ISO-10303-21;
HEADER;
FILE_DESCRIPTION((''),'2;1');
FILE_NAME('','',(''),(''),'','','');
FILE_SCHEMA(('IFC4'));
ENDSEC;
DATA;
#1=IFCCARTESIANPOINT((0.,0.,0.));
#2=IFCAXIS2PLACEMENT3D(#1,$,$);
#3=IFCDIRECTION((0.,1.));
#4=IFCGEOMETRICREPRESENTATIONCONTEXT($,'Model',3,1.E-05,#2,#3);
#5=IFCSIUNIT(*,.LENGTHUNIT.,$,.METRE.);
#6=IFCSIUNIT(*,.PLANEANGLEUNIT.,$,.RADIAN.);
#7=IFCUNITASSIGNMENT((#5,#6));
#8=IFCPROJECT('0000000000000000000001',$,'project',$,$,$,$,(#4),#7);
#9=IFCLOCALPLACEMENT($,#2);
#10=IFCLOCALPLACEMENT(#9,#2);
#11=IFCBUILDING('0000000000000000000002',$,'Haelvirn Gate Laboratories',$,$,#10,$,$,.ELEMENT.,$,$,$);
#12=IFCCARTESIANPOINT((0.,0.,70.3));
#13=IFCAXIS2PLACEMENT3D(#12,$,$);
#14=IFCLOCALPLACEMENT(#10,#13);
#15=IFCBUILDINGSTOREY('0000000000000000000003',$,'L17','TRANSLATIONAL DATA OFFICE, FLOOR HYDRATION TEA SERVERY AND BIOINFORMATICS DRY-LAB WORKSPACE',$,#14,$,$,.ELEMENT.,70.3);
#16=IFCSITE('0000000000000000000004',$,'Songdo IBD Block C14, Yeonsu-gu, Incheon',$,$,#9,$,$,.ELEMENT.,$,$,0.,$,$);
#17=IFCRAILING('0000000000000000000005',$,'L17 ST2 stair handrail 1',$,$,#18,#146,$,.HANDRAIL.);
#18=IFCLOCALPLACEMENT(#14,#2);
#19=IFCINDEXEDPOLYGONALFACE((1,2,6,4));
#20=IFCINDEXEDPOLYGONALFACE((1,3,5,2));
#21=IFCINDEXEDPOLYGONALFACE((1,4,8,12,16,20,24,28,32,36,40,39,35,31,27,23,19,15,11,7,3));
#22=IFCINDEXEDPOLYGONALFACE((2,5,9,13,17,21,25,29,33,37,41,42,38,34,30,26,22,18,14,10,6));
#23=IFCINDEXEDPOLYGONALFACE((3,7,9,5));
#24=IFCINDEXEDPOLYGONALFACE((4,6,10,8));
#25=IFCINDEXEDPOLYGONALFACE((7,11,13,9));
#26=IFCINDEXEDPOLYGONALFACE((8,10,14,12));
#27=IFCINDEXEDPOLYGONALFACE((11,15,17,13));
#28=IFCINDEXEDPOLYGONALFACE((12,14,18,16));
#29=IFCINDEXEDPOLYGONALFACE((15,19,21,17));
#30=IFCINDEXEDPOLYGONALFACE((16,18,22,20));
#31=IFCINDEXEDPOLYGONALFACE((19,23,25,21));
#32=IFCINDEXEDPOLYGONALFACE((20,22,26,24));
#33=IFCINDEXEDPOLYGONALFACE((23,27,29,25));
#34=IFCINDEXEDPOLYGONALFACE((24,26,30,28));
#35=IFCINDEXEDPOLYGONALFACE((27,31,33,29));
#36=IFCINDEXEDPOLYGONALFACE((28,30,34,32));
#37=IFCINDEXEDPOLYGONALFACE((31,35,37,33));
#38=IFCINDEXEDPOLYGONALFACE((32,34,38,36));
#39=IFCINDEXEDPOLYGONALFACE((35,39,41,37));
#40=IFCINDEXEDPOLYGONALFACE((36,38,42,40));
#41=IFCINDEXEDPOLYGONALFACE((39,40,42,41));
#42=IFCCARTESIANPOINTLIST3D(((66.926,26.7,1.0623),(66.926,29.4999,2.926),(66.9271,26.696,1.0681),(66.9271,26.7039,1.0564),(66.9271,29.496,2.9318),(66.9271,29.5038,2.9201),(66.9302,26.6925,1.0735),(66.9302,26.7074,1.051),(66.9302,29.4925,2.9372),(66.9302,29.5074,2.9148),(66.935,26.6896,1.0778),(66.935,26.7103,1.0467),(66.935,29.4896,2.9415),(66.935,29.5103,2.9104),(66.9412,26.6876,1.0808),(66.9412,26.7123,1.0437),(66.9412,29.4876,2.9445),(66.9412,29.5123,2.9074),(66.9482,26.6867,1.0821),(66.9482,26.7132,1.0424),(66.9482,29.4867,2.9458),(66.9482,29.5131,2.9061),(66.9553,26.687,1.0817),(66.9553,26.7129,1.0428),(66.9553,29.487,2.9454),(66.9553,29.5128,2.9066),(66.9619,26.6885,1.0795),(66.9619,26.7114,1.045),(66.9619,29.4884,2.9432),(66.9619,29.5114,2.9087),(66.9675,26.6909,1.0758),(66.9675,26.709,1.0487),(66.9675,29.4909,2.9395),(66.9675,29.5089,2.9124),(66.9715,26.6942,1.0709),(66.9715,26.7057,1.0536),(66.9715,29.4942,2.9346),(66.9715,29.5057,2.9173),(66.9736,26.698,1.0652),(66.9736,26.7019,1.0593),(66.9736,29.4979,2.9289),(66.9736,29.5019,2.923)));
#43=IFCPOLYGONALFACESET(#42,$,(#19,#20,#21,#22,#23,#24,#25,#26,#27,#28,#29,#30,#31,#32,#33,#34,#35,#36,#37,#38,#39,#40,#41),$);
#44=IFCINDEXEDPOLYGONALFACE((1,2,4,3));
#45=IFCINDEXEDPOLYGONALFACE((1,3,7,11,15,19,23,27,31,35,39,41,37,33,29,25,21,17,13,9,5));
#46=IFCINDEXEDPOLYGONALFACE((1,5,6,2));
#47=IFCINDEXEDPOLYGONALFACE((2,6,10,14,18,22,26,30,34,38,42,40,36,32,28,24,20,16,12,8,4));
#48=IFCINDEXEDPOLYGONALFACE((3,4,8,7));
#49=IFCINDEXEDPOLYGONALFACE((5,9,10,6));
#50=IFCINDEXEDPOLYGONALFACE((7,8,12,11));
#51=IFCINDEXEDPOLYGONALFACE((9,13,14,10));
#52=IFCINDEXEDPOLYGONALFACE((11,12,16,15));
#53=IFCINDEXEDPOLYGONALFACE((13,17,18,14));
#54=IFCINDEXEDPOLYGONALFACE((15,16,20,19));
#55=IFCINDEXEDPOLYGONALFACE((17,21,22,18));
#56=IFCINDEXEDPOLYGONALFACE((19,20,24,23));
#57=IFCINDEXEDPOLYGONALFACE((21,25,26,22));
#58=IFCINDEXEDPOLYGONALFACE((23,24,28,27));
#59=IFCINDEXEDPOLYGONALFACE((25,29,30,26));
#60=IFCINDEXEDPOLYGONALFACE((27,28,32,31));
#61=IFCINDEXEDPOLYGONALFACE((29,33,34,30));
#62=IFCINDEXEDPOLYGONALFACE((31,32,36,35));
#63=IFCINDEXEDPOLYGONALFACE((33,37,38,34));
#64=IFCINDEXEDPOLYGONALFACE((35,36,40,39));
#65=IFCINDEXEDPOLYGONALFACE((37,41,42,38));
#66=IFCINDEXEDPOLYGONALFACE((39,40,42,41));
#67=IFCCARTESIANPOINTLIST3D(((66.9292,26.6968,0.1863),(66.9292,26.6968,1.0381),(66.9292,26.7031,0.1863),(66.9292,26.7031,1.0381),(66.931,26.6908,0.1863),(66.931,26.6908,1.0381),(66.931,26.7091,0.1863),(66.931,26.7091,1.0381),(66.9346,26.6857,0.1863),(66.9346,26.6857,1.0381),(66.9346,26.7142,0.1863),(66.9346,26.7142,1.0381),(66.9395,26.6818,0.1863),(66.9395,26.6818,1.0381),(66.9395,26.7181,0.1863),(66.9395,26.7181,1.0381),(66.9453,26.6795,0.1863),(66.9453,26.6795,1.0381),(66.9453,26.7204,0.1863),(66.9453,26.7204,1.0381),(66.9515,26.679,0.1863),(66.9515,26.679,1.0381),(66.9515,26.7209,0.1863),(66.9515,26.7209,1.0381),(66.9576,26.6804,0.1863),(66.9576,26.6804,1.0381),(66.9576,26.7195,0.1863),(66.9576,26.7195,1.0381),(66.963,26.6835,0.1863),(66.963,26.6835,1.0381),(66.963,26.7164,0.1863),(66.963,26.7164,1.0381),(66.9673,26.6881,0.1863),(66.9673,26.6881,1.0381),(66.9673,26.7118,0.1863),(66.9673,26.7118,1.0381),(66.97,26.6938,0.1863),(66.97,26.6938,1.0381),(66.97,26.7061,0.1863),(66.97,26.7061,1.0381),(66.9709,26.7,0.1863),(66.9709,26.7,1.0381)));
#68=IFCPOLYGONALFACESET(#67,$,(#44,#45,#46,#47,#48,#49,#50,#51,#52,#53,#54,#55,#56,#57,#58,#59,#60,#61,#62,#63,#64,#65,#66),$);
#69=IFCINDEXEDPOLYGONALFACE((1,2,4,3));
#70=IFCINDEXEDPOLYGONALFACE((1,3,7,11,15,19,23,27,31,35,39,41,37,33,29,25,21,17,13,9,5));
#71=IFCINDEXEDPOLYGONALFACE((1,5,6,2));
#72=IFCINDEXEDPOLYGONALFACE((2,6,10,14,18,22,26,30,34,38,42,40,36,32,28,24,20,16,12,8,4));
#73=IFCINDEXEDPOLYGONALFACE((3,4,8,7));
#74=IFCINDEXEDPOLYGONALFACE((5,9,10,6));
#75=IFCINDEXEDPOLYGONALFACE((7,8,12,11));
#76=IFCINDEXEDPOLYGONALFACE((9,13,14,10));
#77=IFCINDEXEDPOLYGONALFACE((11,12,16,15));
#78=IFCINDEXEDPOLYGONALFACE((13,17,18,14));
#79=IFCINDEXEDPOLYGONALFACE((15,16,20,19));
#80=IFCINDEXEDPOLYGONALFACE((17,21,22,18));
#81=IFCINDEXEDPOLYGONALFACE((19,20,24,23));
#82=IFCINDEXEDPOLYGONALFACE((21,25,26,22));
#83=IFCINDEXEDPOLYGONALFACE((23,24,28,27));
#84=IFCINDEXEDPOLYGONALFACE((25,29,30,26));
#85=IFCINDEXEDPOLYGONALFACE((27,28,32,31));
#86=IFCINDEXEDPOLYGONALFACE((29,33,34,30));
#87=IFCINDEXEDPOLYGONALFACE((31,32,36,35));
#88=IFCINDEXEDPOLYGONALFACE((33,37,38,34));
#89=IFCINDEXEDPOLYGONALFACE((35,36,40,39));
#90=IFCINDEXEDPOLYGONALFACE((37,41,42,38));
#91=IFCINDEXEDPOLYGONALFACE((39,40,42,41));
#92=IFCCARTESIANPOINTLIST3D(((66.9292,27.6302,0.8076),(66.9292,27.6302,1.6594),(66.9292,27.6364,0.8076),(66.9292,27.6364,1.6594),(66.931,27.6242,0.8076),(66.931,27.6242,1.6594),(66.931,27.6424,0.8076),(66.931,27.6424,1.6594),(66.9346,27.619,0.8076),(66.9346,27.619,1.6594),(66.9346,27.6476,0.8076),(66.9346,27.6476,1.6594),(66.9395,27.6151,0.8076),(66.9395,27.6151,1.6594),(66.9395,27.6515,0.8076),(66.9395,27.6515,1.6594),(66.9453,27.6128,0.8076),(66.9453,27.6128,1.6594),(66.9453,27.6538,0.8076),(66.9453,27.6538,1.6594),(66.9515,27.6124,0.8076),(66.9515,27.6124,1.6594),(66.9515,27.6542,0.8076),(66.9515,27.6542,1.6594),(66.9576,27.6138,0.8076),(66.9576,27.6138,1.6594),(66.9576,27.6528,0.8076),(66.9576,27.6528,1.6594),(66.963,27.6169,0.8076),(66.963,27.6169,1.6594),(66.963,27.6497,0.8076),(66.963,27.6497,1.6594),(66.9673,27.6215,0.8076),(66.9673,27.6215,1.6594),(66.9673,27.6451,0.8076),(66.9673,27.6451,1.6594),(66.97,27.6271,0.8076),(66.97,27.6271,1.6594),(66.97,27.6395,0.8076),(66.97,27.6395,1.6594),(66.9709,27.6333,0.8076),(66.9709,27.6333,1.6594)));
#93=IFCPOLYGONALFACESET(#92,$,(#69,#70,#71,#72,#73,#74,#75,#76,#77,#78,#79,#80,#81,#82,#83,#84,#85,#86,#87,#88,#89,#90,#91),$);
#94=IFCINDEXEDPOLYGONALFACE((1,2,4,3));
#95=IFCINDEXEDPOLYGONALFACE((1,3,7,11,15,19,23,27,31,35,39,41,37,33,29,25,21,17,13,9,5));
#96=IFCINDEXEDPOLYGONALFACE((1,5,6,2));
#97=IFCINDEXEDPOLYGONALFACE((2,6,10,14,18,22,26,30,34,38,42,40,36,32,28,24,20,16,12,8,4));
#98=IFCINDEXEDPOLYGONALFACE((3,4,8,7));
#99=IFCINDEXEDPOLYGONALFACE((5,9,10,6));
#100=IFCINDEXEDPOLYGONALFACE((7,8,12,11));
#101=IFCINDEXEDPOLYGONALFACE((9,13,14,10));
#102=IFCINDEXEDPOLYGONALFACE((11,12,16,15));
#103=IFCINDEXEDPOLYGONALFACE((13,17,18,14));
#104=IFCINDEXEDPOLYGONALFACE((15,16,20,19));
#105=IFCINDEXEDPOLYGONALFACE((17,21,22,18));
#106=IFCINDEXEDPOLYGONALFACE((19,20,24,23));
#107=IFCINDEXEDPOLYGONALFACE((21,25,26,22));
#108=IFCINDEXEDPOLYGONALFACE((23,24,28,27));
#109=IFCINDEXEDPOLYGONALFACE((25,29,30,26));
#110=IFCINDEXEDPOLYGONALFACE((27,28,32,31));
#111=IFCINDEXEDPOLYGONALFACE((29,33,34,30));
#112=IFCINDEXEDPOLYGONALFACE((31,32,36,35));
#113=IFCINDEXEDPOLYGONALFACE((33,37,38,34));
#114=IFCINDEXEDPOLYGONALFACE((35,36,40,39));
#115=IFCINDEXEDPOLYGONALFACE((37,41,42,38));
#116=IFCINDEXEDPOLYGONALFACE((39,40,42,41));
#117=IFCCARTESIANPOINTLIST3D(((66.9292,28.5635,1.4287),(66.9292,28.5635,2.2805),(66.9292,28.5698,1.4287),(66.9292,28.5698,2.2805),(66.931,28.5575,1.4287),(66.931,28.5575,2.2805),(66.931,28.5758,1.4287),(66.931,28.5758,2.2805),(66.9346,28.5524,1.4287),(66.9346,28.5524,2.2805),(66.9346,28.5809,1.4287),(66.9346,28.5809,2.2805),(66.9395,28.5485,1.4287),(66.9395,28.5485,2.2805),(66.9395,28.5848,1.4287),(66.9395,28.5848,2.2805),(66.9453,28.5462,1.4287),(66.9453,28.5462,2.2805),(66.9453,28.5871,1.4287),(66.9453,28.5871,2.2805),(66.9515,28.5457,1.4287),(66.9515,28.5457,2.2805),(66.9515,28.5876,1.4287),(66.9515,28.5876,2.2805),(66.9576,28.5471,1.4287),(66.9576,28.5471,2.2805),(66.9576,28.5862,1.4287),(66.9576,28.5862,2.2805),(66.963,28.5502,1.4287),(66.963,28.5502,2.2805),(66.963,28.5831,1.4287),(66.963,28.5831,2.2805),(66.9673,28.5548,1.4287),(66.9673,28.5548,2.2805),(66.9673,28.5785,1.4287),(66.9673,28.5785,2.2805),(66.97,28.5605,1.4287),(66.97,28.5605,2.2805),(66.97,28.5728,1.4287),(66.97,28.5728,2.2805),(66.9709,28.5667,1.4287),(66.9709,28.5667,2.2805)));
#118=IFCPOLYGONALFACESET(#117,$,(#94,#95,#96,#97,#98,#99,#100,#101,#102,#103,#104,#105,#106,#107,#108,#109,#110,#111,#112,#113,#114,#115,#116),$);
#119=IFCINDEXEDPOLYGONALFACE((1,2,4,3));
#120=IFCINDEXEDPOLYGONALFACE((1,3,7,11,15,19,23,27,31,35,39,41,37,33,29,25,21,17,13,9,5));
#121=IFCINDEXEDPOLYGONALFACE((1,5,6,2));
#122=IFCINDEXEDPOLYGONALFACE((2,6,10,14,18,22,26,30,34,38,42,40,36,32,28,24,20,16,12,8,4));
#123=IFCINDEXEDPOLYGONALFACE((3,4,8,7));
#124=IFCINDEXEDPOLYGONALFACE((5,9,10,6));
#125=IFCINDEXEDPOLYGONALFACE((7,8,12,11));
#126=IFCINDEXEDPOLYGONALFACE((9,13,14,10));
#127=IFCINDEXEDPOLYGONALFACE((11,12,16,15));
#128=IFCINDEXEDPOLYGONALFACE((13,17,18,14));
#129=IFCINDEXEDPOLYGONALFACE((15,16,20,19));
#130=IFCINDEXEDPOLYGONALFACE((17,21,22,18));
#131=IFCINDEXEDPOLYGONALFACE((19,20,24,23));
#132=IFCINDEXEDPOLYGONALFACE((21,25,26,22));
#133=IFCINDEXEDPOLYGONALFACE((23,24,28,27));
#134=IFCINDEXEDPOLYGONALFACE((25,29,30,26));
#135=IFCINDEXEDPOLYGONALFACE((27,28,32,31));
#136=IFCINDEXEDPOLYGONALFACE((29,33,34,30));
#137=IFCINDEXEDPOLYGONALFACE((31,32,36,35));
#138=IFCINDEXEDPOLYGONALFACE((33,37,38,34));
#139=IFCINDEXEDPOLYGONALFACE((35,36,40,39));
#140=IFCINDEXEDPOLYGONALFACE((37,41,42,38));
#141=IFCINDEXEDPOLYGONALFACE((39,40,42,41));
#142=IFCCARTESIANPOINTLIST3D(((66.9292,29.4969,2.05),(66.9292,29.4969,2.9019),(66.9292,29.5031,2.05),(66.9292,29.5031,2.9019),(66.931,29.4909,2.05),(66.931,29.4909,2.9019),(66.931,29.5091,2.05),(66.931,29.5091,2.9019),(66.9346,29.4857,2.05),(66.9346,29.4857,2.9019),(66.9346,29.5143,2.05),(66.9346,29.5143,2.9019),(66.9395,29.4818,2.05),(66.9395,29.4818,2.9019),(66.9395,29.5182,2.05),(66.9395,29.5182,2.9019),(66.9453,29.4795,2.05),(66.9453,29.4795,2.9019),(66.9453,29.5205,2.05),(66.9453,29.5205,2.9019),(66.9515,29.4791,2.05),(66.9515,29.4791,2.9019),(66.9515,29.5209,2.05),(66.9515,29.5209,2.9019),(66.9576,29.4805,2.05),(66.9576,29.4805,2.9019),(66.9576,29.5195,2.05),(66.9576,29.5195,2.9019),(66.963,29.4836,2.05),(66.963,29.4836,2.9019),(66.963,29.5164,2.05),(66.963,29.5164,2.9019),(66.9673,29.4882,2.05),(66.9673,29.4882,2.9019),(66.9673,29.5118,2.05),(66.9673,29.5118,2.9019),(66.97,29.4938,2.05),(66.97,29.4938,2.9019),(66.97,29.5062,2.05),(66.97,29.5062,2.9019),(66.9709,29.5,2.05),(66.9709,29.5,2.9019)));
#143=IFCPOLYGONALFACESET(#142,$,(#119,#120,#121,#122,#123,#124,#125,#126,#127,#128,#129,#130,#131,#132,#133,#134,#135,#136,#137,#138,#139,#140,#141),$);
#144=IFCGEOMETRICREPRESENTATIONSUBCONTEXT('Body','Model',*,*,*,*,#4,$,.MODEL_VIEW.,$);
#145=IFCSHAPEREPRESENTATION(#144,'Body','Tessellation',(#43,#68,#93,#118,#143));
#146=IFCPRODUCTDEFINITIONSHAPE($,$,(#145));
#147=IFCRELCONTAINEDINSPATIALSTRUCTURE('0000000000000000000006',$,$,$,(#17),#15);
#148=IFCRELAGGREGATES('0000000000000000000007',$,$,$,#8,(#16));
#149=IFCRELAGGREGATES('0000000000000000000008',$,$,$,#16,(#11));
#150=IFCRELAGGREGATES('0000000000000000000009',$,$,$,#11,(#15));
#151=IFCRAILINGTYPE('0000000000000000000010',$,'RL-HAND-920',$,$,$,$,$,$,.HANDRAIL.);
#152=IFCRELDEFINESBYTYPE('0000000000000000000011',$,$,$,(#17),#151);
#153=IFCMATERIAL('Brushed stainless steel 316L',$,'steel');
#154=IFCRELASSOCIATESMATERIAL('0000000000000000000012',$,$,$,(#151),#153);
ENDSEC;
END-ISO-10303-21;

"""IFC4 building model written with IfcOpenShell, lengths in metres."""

from ifc_helpers import new_model, si_unit, direction, frame, origin, origin_2d, place, context, subcontext, project, spatial, circle, extrude, source, transform, mapped, material, type_object, element, save


model = new_model("IFC4")

# Units and contexts
model_context = context("Model", 3, precision=1e-05, world=origin(), true_north=direction((0.0, 1.0)))
body_context = subcontext(model_context, "Body", "Model", "MODEL_VIEW")
ifc_project = project(units=[si_unit("LENGTHUNIT", "METRE"), si_unit("PLANEANGLEUNIT", "RADIAN")], contexts=[model_context])

# Site, building, storey
site_placement = place(None, origin())
site = spatial("IfcSite", under=ifc_project, at=site_placement, Name="Songdo IBD Block C14, Yeonsu-gu, Incheon", CompositionType="ELEMENT", RefElevation=0.0)
building_placement = place(site_placement, origin())
building = spatial("IfcBuilding", under=site, at=building_placement, Name="Haelvirn Gate Laboratories", CompositionType="ELEMENT")
storey_placement = place(building_placement, frame((0.0, 0.0, 70.3)))
storey = spatial("IfcBuildingStorey", under=building, at=storey_placement, Name="L17", Description="TRANSLATIONAL DATA OFFICE, FLOOR HYDRATION TEA SERVERY AND BIOINFORMATICS DRY-LAB WORKSPACE", CompositionType="ELEMENT", Elevation=70.3)

# Railing
ifc_material_1 = material(Name="Brushed stainless steel 316L", Category="steel")
railing_type_1 = type_object("IfcRailingType", Name="RL-HAND-920", PredefinedType="HANDRAIL", material=ifc_material_1)
shared_shape_1 = source(origin(), body_context, "Body", "SweptSolid", [
    extrude(circle(Radius=0.0239, at=origin_2d()), frame((0.0, 0.0, 0.876), z_axis=(0.0, 0.832452, 0.554097), x_axis=(-1.0, 0.0, 0.0)), (0.0, 0.0, 1.0), 3.3635),
    extrude(circle(Radius=0.021, at=origin_2d()), origin(), (0.0, 0.0, 1.0), 0.8518),
    extrude(circle(Radius=0.021, at=origin_2d()), frame((0.0, 0.9333, 0.6213)), (0.0, 0.0, 1.0), 0.8518),
    extrude(circle(Radius=0.021, at=origin_2d()), frame((0.0, 1.8667, 1.2424)), (0.0, 0.0, 1.0), 0.8518),
    extrude(circle(Radius=0.021, at=origin_2d()), frame((0.0, 2.8, 1.8638)), (0.0, 0.0, 1.0), 0.8518),
])
railing_1_placement = place(storey_placement, frame((66.95, 26.7, 0.1863)))
element("IfcRailing", 1, at=railing_1_placement, inside=storey, type_object=railing_type_1, Name="L17 ST2 stair handrail 1", PredefinedType="HANDRAIL", context=body_context, shape_type="MappedRepresentation", body=[
    mapped(shared_shape_1, transform((0.0, 0.0, 0.0), scale=1.0)),
])

save(model, "model.ifc")
